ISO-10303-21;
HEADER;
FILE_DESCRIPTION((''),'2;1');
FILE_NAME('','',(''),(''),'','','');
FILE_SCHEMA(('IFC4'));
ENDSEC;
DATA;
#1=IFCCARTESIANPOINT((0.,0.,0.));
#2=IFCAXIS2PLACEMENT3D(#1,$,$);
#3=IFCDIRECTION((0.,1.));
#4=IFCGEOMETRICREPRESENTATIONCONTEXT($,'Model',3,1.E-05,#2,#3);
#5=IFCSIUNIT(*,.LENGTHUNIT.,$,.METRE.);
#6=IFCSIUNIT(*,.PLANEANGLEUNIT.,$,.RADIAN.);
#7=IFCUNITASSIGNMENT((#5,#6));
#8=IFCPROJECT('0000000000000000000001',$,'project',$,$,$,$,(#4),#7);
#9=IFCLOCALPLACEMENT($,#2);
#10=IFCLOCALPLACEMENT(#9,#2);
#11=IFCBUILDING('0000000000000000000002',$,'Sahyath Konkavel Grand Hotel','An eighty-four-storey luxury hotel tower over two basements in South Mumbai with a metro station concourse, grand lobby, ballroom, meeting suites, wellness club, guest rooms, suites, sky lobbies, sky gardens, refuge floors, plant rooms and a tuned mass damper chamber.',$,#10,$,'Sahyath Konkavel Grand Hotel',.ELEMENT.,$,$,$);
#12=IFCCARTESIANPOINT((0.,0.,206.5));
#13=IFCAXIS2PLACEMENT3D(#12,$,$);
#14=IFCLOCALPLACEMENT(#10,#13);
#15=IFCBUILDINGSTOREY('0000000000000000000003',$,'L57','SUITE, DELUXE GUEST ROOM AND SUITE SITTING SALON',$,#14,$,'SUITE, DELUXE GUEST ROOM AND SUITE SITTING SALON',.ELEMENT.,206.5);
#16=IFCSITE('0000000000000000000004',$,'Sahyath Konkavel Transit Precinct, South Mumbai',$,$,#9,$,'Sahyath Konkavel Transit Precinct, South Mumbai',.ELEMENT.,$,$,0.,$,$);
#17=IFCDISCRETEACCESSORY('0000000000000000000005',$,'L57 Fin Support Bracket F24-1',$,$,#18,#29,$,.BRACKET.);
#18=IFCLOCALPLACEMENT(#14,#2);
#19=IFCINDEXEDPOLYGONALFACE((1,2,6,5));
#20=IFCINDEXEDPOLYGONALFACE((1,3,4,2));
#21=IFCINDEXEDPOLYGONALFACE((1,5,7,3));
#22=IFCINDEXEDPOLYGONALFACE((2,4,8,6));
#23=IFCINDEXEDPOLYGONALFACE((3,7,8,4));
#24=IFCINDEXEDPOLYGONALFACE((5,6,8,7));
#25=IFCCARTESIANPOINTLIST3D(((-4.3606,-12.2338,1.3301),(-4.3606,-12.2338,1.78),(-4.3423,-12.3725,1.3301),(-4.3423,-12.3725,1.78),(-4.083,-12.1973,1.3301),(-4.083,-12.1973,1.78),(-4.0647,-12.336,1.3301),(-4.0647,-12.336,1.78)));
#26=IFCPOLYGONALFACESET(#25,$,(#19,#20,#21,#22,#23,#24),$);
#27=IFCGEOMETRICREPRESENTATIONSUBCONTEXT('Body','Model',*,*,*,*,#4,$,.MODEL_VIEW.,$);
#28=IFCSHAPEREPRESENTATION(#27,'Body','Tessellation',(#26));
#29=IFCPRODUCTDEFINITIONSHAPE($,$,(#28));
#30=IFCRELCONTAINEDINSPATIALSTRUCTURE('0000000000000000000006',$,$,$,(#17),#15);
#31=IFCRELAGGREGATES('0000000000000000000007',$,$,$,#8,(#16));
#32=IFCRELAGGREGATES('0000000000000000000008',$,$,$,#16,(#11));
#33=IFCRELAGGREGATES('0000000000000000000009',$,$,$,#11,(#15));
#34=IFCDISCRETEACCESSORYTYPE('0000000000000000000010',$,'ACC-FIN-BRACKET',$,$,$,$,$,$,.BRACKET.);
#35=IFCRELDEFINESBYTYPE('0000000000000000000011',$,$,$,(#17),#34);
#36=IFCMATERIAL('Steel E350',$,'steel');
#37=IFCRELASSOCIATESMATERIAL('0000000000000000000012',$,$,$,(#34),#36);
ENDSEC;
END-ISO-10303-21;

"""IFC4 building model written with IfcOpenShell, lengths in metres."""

from ifc_helpers import new_model, si_unit, direction, frame, origin, origin_2d, place, context, subcontext, project, spatial, rectangle, extrude, source, transform, mapped, material, type_object, element, save


model = new_model("IFC4")

# Units and contexts
model_context = context("Model", 3, precision=1e-05, world=origin(), true_north=direction((0.0, 1.0)))
body_context = subcontext(model_context, "Body", "Model", "MODEL_VIEW")
ifc_project = project(units=[si_unit("LENGTHUNIT", "METRE"), si_unit("PLANEANGLEUNIT", "RADIAN")], contexts=[model_context])

# Site, building, storey
site_placement = place(None, origin())
site = spatial("IfcSite", under=ifc_project, at=site_placement, Name="Sahyath Konkavel Transit Precinct, South Mumbai", LongName="Sahyath Konkavel Transit Precinct, South Mumbai", CompositionType="ELEMENT", RefElevation=0.0)
building_placement = place(site_placement, origin())
building = spatial("IfcBuilding", under=site, at=building_placement, Name="Sahyath Konkavel Grand Hotel", Description="An eighty-four-storey luxury hotel tower over two basements in South Mumbai with a metro station concourse, grand lobby, ballroom, meeting suites, wellness club, guest rooms, suites, sky lobbies, sky gardens, refuge floors, plant rooms and a tuned mass damper chamber.", LongName="Sahyath Konkavel Grand Hotel", CompositionType="ELEMENT")
storey_placement = place(building_placement, frame((0.0, 0.0, 206.5)))
storey = spatial("IfcBuildingStorey", under=building, at=storey_placement, Name="L57", Description="SUITE, DELUXE GUEST ROOM AND SUITE SITTING SALON", LongName="SUITE, DELUXE GUEST ROOM AND SUITE SITTING SALON", CompositionType="ELEMENT", Elevation=206.5)

# Shared definitions
ifc_material_1 = material(Name="Steel E350", Category="steel")

# Discrete accessory
discrete_accessory_type = type_object("IfcDiscreteAccessoryType", Name="ACC-FIN-BRACKET", PredefinedType="BRACKET", material=ifc_material_1)
shared_shape_1 = source(origin(), body_context, "Body", "SweptSolid", [
    extrude(rectangle(XDim=0.28, YDim=0.1399, at=origin_2d()), origin(), (0.0, 0.0, 1.0), 0.45),
])
discrete_accessory_placement = place(storey_placement, frame((-4.2126, -12.2849, 1.3301), z_axis=(0.0, 0.0, 1.0), x_axis=(-0.991445, -0.130526, 0.0)))
element("IfcDiscreteAccessory", 1, at=discrete_accessory_placement, inside=storey, type_object=discrete_accessory_type, Name="L57 Fin Support Bracket F24-1", PredefinedType="BRACKET", context=body_context, shape_type="MappedRepresentation", body=[
    mapped(shared_shape_1, transform((0.0, 0.0, 0.0), scale=1.0)),
])

save(model, "model.ifc")
